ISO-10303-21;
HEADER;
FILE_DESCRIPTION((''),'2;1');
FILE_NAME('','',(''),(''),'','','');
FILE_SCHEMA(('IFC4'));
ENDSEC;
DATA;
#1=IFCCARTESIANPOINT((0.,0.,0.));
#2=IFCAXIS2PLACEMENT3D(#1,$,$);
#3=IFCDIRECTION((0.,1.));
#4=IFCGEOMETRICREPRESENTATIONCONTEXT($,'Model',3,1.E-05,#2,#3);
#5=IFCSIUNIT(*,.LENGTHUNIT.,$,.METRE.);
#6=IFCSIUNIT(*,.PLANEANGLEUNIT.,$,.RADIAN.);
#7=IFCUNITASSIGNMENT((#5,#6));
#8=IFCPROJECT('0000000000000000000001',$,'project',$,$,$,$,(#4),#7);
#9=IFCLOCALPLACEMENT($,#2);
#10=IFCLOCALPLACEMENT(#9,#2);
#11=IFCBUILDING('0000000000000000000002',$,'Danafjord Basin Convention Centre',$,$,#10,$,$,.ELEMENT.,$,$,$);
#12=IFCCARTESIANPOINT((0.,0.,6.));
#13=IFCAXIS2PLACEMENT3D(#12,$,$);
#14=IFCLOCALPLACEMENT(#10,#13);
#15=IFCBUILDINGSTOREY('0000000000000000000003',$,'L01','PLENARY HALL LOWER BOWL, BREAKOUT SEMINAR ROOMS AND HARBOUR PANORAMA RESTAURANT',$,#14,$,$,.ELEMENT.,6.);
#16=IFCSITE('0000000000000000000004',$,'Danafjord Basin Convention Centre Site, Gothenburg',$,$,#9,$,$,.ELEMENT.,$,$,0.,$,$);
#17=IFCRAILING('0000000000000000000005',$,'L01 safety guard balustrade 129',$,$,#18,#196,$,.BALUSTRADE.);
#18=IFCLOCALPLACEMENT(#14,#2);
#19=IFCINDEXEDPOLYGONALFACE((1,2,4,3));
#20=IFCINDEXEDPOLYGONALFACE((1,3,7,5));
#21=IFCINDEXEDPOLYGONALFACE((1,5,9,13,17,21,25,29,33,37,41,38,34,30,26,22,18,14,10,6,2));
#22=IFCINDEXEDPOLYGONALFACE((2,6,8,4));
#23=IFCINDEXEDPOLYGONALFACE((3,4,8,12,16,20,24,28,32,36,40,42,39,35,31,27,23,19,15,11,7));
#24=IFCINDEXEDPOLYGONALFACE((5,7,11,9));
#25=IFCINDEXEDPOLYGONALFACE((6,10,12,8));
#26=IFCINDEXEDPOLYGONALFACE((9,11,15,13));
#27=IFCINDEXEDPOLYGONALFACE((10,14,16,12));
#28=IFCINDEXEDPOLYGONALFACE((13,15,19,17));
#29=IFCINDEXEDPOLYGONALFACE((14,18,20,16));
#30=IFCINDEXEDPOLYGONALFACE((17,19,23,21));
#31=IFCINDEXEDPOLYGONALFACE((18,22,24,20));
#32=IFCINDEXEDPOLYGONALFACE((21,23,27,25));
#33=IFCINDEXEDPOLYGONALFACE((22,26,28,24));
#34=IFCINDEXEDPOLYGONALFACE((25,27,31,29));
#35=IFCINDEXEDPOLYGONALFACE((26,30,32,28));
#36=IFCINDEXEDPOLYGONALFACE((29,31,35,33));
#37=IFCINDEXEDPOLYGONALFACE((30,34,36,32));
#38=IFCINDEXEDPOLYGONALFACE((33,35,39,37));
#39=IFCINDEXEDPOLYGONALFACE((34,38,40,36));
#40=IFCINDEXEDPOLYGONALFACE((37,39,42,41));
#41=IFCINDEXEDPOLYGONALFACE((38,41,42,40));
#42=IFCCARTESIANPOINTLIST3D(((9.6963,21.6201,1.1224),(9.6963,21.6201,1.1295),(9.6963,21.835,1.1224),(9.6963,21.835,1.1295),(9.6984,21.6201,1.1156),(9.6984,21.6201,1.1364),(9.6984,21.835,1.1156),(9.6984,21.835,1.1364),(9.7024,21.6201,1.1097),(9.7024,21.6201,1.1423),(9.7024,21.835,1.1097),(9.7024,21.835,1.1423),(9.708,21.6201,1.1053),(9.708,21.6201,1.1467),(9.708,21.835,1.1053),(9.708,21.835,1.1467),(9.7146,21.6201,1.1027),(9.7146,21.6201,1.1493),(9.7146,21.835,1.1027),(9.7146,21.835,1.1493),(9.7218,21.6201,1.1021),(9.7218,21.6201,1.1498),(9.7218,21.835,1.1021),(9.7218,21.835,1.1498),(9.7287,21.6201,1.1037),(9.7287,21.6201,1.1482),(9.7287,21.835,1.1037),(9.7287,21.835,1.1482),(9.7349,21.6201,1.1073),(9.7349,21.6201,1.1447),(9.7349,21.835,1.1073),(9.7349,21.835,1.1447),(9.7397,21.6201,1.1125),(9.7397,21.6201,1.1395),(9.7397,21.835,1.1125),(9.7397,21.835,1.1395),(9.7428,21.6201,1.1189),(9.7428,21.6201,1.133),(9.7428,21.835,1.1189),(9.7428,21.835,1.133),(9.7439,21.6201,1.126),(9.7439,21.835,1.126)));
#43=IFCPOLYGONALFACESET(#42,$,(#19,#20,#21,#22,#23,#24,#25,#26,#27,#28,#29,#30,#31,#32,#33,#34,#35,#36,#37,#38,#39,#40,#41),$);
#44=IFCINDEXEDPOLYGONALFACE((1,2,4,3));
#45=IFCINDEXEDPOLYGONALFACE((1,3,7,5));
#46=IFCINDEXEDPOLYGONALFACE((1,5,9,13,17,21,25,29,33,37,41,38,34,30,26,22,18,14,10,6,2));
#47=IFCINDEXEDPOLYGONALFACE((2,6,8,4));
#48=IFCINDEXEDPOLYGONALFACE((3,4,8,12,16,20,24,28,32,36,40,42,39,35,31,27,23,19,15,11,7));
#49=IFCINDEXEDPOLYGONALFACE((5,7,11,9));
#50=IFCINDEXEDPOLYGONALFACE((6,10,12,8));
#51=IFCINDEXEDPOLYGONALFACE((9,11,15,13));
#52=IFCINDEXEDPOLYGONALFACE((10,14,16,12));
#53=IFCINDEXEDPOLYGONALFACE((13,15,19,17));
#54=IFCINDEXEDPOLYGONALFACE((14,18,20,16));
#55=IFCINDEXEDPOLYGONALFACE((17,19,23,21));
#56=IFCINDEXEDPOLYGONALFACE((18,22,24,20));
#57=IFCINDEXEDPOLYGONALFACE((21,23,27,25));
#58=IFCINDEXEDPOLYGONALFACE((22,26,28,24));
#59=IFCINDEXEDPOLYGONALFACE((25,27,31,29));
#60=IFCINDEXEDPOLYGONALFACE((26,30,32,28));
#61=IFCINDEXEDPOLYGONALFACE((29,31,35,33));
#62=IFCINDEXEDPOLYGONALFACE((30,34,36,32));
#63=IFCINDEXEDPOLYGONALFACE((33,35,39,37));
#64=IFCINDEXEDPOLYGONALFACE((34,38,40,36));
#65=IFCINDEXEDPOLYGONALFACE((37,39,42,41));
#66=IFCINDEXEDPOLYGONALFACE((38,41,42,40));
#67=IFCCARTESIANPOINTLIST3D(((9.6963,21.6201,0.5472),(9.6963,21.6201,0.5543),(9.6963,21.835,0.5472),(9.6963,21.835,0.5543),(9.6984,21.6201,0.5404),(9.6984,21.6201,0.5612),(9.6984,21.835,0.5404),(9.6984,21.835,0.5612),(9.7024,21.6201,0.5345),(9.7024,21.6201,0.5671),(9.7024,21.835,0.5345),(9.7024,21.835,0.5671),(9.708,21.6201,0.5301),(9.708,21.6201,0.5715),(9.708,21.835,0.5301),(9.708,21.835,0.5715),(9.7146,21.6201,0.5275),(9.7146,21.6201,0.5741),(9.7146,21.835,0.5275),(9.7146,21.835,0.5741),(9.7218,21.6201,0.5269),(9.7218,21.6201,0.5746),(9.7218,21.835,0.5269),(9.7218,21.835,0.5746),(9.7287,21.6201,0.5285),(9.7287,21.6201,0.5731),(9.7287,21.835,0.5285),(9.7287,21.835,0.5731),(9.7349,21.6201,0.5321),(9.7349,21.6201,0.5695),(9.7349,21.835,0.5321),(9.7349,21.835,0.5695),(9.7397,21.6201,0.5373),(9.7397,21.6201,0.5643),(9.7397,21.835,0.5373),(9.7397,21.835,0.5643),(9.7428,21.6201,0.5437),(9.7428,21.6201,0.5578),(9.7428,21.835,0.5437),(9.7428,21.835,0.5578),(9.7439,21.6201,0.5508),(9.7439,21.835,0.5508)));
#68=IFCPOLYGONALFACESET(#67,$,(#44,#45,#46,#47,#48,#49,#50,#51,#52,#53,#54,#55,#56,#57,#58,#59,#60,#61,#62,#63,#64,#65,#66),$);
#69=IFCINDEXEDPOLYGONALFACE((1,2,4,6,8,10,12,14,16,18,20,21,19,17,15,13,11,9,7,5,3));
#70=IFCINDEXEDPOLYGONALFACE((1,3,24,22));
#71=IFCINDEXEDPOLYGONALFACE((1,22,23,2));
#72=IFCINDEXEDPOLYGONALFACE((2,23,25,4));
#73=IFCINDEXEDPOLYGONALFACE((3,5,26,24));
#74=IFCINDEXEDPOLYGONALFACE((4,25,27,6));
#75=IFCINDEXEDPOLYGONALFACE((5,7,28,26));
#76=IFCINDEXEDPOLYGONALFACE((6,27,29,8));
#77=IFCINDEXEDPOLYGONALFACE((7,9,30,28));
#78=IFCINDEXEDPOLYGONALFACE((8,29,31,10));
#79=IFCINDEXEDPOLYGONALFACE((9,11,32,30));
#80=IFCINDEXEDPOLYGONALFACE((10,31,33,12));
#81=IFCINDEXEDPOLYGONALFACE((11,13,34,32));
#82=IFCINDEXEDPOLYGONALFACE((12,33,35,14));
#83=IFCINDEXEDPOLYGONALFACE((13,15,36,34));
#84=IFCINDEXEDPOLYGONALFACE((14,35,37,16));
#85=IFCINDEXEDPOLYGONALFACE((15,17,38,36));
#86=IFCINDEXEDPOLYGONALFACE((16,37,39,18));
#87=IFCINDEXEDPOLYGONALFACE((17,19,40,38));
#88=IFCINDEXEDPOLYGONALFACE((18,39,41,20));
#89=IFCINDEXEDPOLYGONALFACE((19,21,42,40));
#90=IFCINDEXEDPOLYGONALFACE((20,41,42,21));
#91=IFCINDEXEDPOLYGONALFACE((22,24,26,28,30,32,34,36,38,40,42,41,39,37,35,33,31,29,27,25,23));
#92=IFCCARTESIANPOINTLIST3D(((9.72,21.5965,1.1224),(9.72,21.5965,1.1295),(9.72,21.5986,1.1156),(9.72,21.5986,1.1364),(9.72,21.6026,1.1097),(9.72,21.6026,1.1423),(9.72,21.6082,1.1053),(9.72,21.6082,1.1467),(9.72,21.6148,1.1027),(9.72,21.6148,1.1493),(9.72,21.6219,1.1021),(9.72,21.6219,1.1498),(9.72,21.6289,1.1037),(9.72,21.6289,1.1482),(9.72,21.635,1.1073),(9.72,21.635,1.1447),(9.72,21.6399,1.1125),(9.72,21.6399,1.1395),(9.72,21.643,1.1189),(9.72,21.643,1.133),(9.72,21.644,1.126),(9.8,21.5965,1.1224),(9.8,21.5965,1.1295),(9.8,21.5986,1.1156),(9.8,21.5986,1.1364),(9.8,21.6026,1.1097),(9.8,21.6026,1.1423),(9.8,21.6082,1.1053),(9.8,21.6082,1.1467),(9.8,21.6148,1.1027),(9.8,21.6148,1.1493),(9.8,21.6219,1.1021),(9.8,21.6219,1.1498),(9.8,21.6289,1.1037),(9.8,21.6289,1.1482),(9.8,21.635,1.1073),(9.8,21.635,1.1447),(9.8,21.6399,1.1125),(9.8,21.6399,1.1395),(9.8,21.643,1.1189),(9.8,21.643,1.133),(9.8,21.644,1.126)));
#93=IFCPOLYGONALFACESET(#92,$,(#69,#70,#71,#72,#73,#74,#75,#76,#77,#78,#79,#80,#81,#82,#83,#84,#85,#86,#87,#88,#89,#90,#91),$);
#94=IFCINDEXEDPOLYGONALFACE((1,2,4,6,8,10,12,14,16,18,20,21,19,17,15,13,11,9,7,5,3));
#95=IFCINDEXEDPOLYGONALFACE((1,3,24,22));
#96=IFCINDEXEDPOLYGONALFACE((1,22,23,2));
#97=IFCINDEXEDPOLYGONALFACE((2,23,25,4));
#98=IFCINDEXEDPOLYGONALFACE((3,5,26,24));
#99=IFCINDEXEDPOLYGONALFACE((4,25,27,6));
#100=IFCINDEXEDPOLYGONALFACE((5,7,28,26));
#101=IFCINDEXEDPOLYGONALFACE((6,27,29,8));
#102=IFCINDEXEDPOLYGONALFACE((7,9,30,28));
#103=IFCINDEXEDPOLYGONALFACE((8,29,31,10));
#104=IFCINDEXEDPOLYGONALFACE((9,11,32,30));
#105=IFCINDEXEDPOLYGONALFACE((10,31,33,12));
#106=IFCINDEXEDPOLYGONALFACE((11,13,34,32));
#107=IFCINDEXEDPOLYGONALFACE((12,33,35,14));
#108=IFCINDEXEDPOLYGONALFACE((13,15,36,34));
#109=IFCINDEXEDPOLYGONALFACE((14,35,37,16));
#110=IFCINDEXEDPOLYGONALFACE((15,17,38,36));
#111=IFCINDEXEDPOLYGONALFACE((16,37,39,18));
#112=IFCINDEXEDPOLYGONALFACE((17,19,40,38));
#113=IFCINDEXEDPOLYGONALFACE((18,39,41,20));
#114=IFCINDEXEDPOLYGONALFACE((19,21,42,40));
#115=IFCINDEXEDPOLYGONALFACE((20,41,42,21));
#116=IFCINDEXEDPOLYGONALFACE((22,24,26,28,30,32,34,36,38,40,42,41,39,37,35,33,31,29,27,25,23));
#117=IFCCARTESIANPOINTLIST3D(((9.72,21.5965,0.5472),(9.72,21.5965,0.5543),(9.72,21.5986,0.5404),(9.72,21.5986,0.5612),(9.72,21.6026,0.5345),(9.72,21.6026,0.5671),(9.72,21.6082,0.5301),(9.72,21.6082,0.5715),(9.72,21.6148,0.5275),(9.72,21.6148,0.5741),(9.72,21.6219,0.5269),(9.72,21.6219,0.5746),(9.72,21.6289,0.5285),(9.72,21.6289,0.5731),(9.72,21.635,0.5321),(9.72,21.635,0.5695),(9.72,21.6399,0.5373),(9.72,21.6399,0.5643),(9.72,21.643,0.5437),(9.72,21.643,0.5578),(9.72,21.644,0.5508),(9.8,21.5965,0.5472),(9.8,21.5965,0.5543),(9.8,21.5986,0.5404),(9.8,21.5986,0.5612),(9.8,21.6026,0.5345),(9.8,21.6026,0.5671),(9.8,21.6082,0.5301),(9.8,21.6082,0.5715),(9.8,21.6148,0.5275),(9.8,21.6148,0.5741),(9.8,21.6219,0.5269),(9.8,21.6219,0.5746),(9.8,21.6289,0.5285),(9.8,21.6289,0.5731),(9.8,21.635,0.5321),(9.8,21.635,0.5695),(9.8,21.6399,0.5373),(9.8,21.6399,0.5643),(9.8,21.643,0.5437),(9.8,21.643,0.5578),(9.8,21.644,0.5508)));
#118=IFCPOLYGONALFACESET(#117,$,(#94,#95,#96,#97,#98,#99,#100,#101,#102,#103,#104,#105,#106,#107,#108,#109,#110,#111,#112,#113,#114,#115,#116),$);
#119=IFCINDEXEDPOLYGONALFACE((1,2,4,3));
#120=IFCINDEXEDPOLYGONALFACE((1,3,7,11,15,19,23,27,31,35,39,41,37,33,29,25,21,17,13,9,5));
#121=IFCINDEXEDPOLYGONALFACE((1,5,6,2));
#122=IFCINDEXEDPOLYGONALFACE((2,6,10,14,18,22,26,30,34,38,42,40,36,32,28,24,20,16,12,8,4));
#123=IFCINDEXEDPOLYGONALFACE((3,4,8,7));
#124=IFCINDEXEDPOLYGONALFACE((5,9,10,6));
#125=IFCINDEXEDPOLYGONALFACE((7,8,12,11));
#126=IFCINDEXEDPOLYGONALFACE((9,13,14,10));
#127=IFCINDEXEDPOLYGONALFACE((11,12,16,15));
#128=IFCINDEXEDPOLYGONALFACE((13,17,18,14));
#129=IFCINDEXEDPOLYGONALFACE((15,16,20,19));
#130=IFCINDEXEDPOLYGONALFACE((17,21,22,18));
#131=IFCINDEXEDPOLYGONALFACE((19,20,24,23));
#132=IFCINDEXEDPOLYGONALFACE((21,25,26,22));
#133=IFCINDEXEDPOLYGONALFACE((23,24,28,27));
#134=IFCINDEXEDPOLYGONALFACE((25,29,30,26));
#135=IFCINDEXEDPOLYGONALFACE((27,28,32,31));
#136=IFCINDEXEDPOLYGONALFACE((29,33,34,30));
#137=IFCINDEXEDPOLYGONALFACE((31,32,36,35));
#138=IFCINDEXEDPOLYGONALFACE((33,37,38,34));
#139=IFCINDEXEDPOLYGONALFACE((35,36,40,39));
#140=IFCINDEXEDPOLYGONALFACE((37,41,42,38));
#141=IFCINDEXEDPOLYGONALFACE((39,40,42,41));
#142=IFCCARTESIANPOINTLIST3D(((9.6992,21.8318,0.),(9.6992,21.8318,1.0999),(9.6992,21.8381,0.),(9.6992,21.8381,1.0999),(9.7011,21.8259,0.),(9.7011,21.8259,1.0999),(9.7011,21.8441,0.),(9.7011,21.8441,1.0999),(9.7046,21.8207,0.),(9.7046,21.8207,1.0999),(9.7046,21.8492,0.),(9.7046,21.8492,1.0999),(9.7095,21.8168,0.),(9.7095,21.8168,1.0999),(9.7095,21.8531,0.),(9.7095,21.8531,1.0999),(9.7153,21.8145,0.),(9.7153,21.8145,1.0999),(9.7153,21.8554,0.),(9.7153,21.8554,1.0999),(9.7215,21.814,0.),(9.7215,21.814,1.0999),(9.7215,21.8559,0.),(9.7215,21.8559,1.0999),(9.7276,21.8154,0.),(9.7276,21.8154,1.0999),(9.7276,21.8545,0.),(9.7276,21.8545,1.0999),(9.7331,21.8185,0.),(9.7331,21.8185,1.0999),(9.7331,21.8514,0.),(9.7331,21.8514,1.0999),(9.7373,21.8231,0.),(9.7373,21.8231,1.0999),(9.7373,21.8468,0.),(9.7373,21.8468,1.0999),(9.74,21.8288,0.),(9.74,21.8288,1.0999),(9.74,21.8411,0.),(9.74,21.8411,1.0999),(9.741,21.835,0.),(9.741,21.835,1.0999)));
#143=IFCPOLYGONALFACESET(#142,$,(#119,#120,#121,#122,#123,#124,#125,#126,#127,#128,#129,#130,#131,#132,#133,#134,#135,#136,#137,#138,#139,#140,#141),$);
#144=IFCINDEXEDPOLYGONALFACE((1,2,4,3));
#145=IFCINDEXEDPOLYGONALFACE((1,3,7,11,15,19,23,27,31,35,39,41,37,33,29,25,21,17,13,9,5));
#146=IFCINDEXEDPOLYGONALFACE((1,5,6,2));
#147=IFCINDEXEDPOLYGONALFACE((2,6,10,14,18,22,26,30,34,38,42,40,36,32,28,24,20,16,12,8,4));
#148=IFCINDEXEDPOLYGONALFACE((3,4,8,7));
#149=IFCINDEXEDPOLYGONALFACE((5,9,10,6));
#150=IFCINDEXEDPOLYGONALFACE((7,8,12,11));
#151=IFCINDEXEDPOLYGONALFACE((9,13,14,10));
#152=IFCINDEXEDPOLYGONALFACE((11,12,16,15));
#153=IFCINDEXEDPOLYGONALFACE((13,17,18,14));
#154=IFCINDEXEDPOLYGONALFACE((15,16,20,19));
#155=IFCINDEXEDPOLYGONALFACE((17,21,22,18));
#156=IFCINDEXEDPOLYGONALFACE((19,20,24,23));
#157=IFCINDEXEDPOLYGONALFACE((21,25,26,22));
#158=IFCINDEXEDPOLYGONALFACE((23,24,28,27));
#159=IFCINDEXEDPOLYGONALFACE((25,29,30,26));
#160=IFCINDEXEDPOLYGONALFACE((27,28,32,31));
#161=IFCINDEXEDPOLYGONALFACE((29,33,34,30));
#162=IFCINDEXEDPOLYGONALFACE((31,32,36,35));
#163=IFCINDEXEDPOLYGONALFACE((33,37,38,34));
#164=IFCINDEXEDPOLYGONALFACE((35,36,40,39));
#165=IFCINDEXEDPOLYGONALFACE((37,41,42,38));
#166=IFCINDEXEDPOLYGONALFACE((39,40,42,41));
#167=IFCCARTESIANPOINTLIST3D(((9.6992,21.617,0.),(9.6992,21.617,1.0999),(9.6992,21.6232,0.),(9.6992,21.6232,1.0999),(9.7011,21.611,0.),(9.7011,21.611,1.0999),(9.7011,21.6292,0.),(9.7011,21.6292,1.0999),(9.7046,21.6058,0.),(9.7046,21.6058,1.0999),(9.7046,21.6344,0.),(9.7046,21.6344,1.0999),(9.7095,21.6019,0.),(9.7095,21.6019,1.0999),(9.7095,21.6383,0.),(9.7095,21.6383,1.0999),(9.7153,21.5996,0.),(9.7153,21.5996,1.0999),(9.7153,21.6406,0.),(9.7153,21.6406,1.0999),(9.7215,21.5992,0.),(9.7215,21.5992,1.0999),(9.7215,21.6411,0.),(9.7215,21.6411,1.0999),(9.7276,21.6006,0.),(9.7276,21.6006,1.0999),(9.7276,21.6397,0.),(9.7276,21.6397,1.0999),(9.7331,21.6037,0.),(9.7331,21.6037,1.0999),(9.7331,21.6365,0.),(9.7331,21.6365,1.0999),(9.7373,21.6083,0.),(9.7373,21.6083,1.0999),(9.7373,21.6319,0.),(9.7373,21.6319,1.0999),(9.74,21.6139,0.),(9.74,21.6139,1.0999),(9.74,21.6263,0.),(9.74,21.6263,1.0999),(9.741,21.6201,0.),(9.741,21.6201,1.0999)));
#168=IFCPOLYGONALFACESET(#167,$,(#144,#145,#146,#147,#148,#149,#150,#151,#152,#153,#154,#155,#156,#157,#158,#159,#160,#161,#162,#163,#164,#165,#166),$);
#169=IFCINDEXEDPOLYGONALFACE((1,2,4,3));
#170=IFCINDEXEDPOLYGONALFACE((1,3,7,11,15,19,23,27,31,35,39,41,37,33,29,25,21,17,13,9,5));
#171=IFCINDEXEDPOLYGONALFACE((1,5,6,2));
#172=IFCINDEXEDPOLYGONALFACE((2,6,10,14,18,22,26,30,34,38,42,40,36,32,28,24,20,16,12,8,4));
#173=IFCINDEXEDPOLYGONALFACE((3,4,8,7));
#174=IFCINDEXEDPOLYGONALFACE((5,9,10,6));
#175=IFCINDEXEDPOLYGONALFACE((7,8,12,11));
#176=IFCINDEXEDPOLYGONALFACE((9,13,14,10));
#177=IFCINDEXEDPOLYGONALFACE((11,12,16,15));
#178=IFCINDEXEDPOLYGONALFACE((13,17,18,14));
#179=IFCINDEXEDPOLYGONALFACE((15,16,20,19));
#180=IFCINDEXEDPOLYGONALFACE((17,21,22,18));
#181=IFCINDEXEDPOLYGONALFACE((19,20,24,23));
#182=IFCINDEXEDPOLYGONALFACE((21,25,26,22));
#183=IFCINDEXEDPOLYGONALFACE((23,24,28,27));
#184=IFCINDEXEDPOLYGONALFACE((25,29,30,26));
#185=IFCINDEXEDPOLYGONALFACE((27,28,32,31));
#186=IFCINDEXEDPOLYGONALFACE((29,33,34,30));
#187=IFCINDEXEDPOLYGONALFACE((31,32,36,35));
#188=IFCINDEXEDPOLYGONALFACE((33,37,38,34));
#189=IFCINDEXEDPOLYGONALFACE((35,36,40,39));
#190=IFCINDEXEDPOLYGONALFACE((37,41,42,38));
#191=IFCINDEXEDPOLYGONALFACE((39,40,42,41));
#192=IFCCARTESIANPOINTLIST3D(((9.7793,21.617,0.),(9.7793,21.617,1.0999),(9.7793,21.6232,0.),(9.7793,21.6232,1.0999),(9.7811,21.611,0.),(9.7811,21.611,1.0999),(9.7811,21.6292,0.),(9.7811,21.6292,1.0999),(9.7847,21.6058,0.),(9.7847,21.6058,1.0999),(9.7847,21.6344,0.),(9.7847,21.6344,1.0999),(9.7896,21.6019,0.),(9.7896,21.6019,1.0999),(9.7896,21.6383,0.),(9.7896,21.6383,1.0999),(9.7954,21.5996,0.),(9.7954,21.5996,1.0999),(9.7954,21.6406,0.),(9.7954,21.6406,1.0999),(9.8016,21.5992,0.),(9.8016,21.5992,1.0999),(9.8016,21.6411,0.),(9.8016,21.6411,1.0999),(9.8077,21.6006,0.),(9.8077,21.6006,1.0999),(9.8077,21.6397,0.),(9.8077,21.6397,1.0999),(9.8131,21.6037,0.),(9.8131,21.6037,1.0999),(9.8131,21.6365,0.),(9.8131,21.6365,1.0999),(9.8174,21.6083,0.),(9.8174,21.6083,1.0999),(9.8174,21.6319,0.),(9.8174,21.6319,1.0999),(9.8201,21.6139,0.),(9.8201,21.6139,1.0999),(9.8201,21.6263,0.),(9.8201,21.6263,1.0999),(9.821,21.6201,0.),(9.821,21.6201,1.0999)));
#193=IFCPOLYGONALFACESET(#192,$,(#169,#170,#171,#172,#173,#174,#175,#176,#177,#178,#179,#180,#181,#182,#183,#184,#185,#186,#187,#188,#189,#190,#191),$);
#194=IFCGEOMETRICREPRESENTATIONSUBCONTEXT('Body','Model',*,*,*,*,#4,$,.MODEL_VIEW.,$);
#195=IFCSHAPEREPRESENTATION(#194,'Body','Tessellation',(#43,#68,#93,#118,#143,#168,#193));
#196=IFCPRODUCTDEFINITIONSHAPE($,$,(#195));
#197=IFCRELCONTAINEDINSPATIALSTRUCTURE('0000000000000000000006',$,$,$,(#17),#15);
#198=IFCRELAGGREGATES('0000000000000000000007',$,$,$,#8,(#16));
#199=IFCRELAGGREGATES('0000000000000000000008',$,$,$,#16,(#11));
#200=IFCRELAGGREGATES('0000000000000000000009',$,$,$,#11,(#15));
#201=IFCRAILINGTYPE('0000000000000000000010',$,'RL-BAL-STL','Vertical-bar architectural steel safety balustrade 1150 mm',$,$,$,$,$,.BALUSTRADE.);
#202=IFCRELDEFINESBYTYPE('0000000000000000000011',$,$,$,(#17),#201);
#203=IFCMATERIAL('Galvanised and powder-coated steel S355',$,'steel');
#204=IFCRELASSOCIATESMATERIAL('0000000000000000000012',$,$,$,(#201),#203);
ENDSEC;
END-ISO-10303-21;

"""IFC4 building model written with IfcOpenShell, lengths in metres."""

from ifc_helpers import new_model, si_unit, direction, frame, origin, origin_2d, place, context, subcontext, project, spatial, circle, extrude, material, type_object, element, save


model = new_model("IFC4")

# Units and contexts
model_context = context("Model", 3, precision=1e-05, world=origin(), true_north=direction((0.0, 1.0)))
body_context = subcontext(model_context, "Body", "Model", "MODEL_VIEW")
ifc_project = project(units=[si_unit("LENGTHUNIT", "METRE"), si_unit("PLANEANGLEUNIT", "RADIAN")], contexts=[model_context])

# Site, building, storey
site_placement = place(None, origin())
site = spatial("IfcSite", under=ifc_project, at=site_placement, Name="Danafjord Basin Convention Centre Site, Gothenburg", CompositionType="ELEMENT", RefElevation=0.0)
building_placement = place(site_placement, origin())
building = spatial("IfcBuilding", under=site, at=building_placement, Name="Danafjord Basin Convention Centre", CompositionType="ELEMENT")
storey_placement = place(building_placement, frame((0.0, 0.0, 6.0)))
storey = spatial("IfcBuildingStorey", under=building, at=storey_placement, Name="L01", Description="PLENARY HALL LOWER BOWL, BREAKOUT SEMINAR ROOMS AND HARBOUR PANORAMA RESTAURANT", CompositionType="ELEMENT", Elevation=6.0)

# Railing
ifc_material_1 = material(Name="Galvanised and powder-coated steel S355", Category="steel")
railing_type_1 = type_object("IfcRailingType", Name="RL-BAL-STL", Description="Vertical-bar architectural steel safety balustrade 1150 mm", PredefinedType="BALUSTRADE", material=ifc_material_1)
railing_1_placement = place(storey_placement, frame((9.72, 21.835, 0.0)))
element("IfcRailing", 1, at=railing_1_placement, inside=storey, type_object=railing_type_1, Name="L01 safety guard balustrade 129", PredefinedType="BALUSTRADE", context=body_context, shape_type="SweptSolid", body=[
    extrude(circle(Radius=0.0239, at=origin_2d()), frame((0.0, 0.0, 1.126), z_axis=(0.0, -1.0, 0.0), x_axis=(1.0, 0.0, 0.0)), (0.0, 0.0, 1.0), 0.2148),
    extrude(circle(Radius=0.0239, at=origin_2d()), frame((0.0, 0.0, 0.5508), z_axis=(0.0, -1.0, 0.0), x_axis=(1.0, 0.0, 0.0)), (0.0, 0.0, 1.0), 0.2148),
    extrude(circle(Radius=0.0239, at=origin_2d()), frame((0.0, -0.2148, 1.126), z_axis=(1.0, 0.0, 0.0), x_axis=(0.0, 1.0, 0.0)), (0.0, 0.0, 1.0), 0.0801),
    extrude(circle(Radius=0.0239, at=origin_2d()), frame((0.0, -0.2148, 0.5508), z_axis=(1.0, 0.0, 0.0), x_axis=(0.0, 1.0, 0.0)), (0.0, 0.0, 1.0), 0.0801),
    extrude(circle(Radius=0.021, at=origin_2d()), origin(), (0.0, 0.0, 1.0), 1.0999),
    extrude(circle(Radius=0.021, at=origin_2d()), frame((0.0, -0.2148, 0.0)), (0.0, 0.0, 1.0), 1.0999),
    extrude(circle(Radius=0.021, at=origin_2d()), frame((0.0801, -0.2148, 0.0)), (0.0, 0.0, 1.0), 1.0999),
])

save(model, "model.ifc")
